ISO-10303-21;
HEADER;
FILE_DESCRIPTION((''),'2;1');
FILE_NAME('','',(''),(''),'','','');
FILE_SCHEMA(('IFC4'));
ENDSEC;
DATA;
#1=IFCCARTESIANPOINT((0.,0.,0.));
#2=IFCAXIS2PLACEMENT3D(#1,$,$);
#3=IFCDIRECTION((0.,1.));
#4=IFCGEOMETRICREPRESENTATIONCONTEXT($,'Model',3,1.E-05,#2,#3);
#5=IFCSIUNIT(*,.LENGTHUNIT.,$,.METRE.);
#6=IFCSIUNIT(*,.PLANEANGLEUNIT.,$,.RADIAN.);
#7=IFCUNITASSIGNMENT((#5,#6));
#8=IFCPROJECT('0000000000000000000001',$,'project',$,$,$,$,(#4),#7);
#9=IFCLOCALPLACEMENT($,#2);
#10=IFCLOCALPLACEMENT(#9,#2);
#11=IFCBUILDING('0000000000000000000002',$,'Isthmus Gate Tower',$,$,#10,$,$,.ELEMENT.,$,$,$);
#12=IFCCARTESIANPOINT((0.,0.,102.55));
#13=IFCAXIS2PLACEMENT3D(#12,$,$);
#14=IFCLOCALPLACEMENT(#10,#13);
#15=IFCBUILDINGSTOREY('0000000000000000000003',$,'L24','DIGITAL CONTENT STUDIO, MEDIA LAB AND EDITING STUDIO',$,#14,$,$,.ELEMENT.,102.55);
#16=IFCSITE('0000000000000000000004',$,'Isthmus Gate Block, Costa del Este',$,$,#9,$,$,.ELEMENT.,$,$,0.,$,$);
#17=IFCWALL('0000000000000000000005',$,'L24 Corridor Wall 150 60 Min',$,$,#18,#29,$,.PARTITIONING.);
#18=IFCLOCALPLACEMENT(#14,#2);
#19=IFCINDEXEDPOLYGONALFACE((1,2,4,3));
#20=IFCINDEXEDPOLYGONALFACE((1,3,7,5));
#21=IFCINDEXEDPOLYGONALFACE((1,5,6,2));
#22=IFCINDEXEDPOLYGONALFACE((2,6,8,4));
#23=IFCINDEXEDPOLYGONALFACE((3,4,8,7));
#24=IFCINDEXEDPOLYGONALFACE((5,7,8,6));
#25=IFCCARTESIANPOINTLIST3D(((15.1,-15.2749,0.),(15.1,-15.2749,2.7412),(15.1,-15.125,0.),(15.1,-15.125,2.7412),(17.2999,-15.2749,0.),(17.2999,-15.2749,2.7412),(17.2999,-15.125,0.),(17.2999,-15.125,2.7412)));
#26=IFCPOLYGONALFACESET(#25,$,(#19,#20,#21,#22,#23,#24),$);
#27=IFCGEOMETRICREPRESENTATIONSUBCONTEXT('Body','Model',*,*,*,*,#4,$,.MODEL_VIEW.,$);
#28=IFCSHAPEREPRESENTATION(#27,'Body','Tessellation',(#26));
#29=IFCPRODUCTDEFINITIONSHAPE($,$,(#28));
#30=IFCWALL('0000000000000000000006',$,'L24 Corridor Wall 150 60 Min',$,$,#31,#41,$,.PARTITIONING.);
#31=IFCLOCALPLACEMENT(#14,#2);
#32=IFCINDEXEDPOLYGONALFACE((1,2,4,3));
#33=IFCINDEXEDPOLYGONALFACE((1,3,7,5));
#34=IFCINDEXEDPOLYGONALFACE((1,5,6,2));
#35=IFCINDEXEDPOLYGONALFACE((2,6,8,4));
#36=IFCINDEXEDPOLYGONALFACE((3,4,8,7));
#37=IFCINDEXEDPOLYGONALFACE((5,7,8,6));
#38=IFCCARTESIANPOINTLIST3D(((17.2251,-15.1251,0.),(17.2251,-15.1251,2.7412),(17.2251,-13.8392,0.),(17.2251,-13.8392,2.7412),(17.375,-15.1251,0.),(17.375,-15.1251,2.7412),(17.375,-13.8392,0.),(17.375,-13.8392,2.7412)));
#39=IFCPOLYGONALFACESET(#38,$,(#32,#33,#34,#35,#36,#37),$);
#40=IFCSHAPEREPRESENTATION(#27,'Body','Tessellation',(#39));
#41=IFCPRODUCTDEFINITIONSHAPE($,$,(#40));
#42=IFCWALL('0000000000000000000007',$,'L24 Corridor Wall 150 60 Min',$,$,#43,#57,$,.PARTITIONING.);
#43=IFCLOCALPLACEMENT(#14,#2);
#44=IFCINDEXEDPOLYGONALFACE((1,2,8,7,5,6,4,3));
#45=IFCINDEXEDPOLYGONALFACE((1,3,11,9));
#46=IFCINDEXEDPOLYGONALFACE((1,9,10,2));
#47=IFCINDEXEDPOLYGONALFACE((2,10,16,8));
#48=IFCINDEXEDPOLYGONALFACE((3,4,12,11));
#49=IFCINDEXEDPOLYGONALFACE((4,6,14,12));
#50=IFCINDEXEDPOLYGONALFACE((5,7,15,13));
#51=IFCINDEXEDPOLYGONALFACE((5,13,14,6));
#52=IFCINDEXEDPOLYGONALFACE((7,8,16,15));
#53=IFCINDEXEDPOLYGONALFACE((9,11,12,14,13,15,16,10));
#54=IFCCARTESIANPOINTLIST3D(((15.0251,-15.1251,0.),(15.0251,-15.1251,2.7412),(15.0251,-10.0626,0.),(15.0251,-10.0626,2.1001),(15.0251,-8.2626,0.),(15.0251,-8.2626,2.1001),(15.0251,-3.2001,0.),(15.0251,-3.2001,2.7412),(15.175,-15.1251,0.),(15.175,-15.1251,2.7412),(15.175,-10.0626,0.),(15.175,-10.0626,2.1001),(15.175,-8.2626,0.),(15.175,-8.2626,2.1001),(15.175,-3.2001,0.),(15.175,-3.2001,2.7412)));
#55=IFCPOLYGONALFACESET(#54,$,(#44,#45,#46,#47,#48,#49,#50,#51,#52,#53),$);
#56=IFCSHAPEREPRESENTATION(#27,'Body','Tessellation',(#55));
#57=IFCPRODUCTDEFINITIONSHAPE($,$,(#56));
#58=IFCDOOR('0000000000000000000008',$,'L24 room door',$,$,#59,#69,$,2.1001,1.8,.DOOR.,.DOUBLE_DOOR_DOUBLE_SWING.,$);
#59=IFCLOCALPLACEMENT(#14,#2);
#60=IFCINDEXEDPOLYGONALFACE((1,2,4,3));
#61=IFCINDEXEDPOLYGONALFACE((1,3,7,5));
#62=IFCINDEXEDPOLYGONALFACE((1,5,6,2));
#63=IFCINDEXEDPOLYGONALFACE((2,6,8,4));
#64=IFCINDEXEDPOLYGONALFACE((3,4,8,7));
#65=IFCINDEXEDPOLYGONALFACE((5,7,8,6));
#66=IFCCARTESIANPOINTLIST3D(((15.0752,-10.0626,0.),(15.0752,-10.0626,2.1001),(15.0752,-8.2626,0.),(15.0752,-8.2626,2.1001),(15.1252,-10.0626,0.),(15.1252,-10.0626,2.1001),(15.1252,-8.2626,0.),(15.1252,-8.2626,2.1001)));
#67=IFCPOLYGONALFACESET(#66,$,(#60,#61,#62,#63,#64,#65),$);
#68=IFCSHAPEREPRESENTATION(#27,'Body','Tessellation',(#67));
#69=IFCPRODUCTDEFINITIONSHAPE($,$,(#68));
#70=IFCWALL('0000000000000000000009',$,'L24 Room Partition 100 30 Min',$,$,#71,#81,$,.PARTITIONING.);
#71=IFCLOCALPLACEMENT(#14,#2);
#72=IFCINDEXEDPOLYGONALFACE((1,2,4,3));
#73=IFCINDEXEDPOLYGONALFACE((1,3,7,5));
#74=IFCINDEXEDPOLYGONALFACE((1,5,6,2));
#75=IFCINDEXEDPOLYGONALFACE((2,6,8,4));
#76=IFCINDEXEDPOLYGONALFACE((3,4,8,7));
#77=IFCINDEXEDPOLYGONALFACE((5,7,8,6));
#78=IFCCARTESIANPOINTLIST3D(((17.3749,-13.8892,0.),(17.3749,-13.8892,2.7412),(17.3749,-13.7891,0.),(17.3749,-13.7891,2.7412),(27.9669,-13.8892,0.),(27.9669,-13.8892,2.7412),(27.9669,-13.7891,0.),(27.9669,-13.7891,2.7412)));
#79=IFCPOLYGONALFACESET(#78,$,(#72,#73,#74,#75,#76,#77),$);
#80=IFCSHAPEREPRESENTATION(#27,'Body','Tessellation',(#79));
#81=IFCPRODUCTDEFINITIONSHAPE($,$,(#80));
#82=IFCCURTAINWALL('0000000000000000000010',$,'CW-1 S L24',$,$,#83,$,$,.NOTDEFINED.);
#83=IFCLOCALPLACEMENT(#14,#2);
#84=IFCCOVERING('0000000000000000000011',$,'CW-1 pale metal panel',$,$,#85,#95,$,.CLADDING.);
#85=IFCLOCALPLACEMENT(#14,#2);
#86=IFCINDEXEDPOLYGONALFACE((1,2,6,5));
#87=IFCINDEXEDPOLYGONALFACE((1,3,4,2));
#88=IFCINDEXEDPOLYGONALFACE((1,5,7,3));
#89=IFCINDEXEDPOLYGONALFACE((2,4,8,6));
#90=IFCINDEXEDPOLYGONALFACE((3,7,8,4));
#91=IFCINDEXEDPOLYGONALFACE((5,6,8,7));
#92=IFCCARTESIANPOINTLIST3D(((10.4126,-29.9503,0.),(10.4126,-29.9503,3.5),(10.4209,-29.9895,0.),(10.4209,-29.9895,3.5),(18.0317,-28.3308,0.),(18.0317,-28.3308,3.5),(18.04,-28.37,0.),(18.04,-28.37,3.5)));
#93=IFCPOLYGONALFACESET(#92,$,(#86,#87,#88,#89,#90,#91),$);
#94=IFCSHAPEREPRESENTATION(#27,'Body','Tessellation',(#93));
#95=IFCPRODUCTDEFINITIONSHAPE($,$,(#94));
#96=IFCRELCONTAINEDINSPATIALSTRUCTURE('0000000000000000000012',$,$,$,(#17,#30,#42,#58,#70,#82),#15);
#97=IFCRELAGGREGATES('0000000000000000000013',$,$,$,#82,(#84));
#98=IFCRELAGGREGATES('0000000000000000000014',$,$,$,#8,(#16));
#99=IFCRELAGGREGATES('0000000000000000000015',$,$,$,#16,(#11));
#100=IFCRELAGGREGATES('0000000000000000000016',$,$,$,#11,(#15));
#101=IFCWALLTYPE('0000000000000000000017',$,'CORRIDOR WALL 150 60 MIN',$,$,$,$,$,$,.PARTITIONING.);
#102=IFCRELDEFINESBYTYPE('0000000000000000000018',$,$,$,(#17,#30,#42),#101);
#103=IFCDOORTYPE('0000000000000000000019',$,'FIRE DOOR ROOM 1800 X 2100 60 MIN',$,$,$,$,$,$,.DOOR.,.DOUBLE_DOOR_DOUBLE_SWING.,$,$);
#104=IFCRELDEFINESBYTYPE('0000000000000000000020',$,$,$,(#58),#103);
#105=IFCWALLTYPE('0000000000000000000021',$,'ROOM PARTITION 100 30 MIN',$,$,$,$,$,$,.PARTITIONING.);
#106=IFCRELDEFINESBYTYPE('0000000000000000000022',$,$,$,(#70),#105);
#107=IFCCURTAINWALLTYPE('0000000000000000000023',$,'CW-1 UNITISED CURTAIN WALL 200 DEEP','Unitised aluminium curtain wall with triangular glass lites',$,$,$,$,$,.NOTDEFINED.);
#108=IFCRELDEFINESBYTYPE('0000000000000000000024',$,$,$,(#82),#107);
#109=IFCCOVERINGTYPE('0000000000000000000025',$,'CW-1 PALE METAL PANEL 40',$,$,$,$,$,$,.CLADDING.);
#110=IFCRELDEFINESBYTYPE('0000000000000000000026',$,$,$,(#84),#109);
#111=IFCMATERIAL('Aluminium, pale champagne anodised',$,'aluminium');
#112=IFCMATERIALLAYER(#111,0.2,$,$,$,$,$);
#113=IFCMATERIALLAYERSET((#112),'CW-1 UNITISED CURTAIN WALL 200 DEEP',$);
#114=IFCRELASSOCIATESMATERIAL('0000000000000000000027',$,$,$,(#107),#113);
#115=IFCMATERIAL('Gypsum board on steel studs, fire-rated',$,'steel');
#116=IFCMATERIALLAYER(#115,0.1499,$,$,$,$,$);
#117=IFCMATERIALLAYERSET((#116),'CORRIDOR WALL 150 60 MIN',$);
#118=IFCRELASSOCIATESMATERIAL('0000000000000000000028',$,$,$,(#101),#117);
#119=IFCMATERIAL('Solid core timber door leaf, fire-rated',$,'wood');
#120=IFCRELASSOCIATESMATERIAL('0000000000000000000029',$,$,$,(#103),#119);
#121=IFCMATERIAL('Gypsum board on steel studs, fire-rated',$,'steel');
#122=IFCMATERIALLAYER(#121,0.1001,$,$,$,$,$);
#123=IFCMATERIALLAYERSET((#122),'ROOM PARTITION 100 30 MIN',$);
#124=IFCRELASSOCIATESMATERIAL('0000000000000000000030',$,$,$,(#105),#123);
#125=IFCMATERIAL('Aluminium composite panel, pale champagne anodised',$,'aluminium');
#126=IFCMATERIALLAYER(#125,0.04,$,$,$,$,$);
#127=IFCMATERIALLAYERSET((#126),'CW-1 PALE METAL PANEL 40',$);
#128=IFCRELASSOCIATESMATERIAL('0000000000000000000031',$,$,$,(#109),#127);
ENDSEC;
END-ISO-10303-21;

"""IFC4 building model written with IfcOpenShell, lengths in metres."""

from ifc_helpers import new_model, si_unit, direction, frame, frame_2d, origin, origin_2d, place, context, subcontext, project, spatial, rectangle, extrude, material, layer, layer_set, type_object, element, fill, aggregate, save


model = new_model("IFC4")

# Units and contexts
model_context = context("Model", 3, precision=1e-05, world=origin(), true_north=direction((0.0, 1.0)))
body_context = subcontext(model_context, "Body", "Model", "MODEL_VIEW")
ifc_project = project(units=[si_unit("LENGTHUNIT", "METRE"), si_unit("PLANEANGLEUNIT", "RADIAN")], contexts=[model_context])

# Site, building, storey
site_placement = place(None, origin())
site = spatial("IfcSite", under=ifc_project, at=site_placement, Name="Isthmus Gate Block, Costa del Este", CompositionType="ELEMENT", RefElevation=0.0)
building_placement = place(site_placement, origin())
building = spatial("IfcBuilding", under=site, at=building_placement, Name="Isthmus Gate Tower", CompositionType="ELEMENT")
storey_placement = place(building_placement, frame((0.0, 0.0, 102.55)))
storey = spatial("IfcBuildingStorey", under=building, at=storey_placement, Name="L24", Description="DIGITAL CONTENT STUDIO, MEDIA LAB AND EDITING STUDIO", CompositionType="ELEMENT", Elevation=102.55)

# Shared definitions
ifc_material_1 = material(Name="Aluminium, pale champagne anodised", Category="aluminium")
ifc_layer_1 = layer(ifc_material_1, 0.2)
ifc_layer_set_1 = layer_set([ifc_layer_1], Name="CW-1 UNITISED CURTAIN WALL 200 DEEP")
curtain_wall_type = type_object("IfcCurtainWallType", Name="CW-1 UNITISED CURTAIN WALL 200 DEEP", Description="Unitised aluminium curtain wall with triangular glass lites", PredefinedType="NOTDEFINED", material=ifc_layer_set_1)

# Walls
ifc_material_2 = material(Name="Gypsum board on steel studs, fire-rated", Category="steel")
ifc_layer_2 = layer(ifc_material_2, 0.1499)
ifc_layer_set_2 = layer_set([ifc_layer_2], Name="CORRIDOR WALL 150 60 MIN")
wall_type_1 = type_object("IfcWallType", Name="CORRIDOR WALL 150 60 MIN", PredefinedType="PARTITIONING", material=ifc_layer_set_2)
wall_1_placement = place(storey_placement, frame((17.3, -15.2, 0.0), z_axis=(0.0, 0.0, 1.0), x_axis=(-1.0, 0.0, 0.0)))
element("IfcWall", 1, at=wall_1_placement, inside=storey, type_object=wall_type_1, Name="L24 Corridor Wall 150 60 Min", PredefinedType="PARTITIONING", context=body_context, shape_type="SweptSolid", body=[
    extrude(rectangle(XDim=2.2, YDim=0.1499, at=frame_2d((1.1001, 0.0))), origin(), (0.0, 0.0, 1.0), 2.7412),
])
wall_2_placement = place(storey_placement, frame((17.3, -13.8391, 0.0), z_axis=(0.0, 0.0, 1.0), x_axis=(0.0, -1.0, 0.0)))
element("IfcWall", 2, at=wall_2_placement, inside=storey, type_object=wall_type_1, Name="L24 Corridor Wall 150 60 Min", PredefinedType="PARTITIONING", context=body_context, shape_type="SweptSolid", body=[
    extrude(rectangle(XDim=1.2859, YDim=0.1499, at=frame_2d((0.6431, 0.0))), origin(), (0.0, 0.0, 1.0), 2.7412),
])

# Wall, opening, door
wall_3_placement = place(storey_placement, frame((15.1001, -15.125, 0.0), z_axis=(0.0, 0.0, 1.0), x_axis=(0.0, 1.0, 0.0)))
wall_3 = element("IfcWall", 3, at=wall_3_placement, inside=storey, type_object=wall_type_1, Name="L24 Corridor Wall 150 60 Min", PredefinedType="PARTITIONING", context=body_context, shape_type="SweptSolid", body=[
    extrude(rectangle(XDim=11.925, YDim=0.1499, at=frame_2d((5.9624, 0.0))), origin(), (0.0, 0.0, 1.0), 2.7412),
])
opening_placement = place(wall_3_placement, frame((5.0625, 0.0, 0.0)))
opening = element("IfcOpeningElement", 4, at=opening_placement, cuts=wall_3, PredefinedType="OPENING", context=body_context, shape_type="SweptSolid", body=[
    extrude(rectangle(XDim=1.8, YDim=2.1001, at=frame_2d((0.8999, 1.05))), frame((0.0, 0.085, 0.0), z_axis=(0.0, -1.0, 0.0), x_axis=(1.0, 0.0, 0.0)), (0.0, 0.0, 1.0), 0.1699),
])
ifc_material_3 = material(Name="Solid core timber door leaf, fire-rated", Category="wood")
door_type = type_object("IfcDoorType", Name="FIRE DOOR ROOM 1800 X 2100 60 MIN", OperationType="DOUBLE_DOOR_DOUBLE_SWING", PredefinedType="DOOR", material=ifc_material_3)
door_placement = place(opening_placement, origin())
door = element("IfcDoor", 5, at=door_placement, inside=storey, type_object=door_type, Name="L24 room door", OperationType="DOUBLE_DOOR_DOUBLE_SWING", OverallHeight=2.1001, OverallWidth=1.8, PredefinedType="DOOR", context=body_context, shape_type="SweptSolid", body=[
    extrude(rectangle(XDim=1.8, YDim=2.1001, at=frame_2d((0.8999, 1.05))), frame((0.0, 0.0249, 0.0), z_axis=(0.0, -1.0, 0.0), x_axis=(1.0, 0.0, 0.0)), (0.0, 0.0, 1.0), 0.05),
])
fill(opening, door)

# Wall
ifc_material_4 = material(Name="Gypsum board on steel studs, fire-rated", Category="steel")
ifc_layer_3 = layer(ifc_material_4, 0.1001)
ifc_layer_set_3 = layer_set([ifc_layer_3], Name="ROOM PARTITION 100 30 MIN")
wall_type_2 = type_object("IfcWallType", Name="ROOM PARTITION 100 30 MIN", PredefinedType="PARTITIONING", material=ifc_layer_set_3)
wall_4_placement = place(storey_placement, frame((17.375, -13.8391, 0.0), z_axis=(0.0, 0.0, 1.0), x_axis=(1.0, 0.0, 0.0)))
element("IfcWall", 6, at=wall_4_placement, inside=storey, type_object=wall_type_2, Name="L24 Room Partition 100 30 Min", PredefinedType="PARTITIONING", context=body_context, shape_type="SweptSolid", body=[
    extrude(rectangle(XDim=10.592, YDim=0.1001, at=frame_2d((5.2959, 0.0))), origin(), (0.0, 0.0, 1.0), 2.7412),
])

# Curtain wall, covering
curtain_wall_1_placement = place(storey_placement, origin())
curtain_wall_1 = element("IfcCurtainWall", 7, at=curtain_wall_1_placement, inside=storey, type_object=curtain_wall_type, Name="CW-1 S L24", PredefinedType="NOTDEFINED")
ifc_material_5 = material(Name="Aluminium composite panel, pale champagne anodised", Category="aluminium")
ifc_layer_4 = layer(ifc_material_5, 0.04)
ifc_layer_set_4 = layer_set([ifc_layer_4], Name="CW-1 PALE METAL PANEL 40")
covering_type = type_object("IfcCoveringType", Name="CW-1 PALE METAL PANEL 40", PredefinedType="CLADDING", material=ifc_layer_set_4)
covering_placement = place(storey_placement, frame((14.2263, -29.1602, 0.0), z_axis=(0.0, 0.0, 1.0), x_axis=(0.978148, 0.207912, 0.0)))
covering = element("IfcCovering", 8, at=covering_placement, type_object=covering_type, Name="CW-1 pale metal panel", PredefinedType="CLADDING", context=body_context, shape_type="SweptSolid", body=[
    extrude(rectangle(XDim=7.7893, YDim=0.04, at=origin_2d()), origin(), (0.0, 0.0, 1.0), 3.5),
])
aggregate(curtain_wall_1, [covering])

save(model, "model.ifc")
